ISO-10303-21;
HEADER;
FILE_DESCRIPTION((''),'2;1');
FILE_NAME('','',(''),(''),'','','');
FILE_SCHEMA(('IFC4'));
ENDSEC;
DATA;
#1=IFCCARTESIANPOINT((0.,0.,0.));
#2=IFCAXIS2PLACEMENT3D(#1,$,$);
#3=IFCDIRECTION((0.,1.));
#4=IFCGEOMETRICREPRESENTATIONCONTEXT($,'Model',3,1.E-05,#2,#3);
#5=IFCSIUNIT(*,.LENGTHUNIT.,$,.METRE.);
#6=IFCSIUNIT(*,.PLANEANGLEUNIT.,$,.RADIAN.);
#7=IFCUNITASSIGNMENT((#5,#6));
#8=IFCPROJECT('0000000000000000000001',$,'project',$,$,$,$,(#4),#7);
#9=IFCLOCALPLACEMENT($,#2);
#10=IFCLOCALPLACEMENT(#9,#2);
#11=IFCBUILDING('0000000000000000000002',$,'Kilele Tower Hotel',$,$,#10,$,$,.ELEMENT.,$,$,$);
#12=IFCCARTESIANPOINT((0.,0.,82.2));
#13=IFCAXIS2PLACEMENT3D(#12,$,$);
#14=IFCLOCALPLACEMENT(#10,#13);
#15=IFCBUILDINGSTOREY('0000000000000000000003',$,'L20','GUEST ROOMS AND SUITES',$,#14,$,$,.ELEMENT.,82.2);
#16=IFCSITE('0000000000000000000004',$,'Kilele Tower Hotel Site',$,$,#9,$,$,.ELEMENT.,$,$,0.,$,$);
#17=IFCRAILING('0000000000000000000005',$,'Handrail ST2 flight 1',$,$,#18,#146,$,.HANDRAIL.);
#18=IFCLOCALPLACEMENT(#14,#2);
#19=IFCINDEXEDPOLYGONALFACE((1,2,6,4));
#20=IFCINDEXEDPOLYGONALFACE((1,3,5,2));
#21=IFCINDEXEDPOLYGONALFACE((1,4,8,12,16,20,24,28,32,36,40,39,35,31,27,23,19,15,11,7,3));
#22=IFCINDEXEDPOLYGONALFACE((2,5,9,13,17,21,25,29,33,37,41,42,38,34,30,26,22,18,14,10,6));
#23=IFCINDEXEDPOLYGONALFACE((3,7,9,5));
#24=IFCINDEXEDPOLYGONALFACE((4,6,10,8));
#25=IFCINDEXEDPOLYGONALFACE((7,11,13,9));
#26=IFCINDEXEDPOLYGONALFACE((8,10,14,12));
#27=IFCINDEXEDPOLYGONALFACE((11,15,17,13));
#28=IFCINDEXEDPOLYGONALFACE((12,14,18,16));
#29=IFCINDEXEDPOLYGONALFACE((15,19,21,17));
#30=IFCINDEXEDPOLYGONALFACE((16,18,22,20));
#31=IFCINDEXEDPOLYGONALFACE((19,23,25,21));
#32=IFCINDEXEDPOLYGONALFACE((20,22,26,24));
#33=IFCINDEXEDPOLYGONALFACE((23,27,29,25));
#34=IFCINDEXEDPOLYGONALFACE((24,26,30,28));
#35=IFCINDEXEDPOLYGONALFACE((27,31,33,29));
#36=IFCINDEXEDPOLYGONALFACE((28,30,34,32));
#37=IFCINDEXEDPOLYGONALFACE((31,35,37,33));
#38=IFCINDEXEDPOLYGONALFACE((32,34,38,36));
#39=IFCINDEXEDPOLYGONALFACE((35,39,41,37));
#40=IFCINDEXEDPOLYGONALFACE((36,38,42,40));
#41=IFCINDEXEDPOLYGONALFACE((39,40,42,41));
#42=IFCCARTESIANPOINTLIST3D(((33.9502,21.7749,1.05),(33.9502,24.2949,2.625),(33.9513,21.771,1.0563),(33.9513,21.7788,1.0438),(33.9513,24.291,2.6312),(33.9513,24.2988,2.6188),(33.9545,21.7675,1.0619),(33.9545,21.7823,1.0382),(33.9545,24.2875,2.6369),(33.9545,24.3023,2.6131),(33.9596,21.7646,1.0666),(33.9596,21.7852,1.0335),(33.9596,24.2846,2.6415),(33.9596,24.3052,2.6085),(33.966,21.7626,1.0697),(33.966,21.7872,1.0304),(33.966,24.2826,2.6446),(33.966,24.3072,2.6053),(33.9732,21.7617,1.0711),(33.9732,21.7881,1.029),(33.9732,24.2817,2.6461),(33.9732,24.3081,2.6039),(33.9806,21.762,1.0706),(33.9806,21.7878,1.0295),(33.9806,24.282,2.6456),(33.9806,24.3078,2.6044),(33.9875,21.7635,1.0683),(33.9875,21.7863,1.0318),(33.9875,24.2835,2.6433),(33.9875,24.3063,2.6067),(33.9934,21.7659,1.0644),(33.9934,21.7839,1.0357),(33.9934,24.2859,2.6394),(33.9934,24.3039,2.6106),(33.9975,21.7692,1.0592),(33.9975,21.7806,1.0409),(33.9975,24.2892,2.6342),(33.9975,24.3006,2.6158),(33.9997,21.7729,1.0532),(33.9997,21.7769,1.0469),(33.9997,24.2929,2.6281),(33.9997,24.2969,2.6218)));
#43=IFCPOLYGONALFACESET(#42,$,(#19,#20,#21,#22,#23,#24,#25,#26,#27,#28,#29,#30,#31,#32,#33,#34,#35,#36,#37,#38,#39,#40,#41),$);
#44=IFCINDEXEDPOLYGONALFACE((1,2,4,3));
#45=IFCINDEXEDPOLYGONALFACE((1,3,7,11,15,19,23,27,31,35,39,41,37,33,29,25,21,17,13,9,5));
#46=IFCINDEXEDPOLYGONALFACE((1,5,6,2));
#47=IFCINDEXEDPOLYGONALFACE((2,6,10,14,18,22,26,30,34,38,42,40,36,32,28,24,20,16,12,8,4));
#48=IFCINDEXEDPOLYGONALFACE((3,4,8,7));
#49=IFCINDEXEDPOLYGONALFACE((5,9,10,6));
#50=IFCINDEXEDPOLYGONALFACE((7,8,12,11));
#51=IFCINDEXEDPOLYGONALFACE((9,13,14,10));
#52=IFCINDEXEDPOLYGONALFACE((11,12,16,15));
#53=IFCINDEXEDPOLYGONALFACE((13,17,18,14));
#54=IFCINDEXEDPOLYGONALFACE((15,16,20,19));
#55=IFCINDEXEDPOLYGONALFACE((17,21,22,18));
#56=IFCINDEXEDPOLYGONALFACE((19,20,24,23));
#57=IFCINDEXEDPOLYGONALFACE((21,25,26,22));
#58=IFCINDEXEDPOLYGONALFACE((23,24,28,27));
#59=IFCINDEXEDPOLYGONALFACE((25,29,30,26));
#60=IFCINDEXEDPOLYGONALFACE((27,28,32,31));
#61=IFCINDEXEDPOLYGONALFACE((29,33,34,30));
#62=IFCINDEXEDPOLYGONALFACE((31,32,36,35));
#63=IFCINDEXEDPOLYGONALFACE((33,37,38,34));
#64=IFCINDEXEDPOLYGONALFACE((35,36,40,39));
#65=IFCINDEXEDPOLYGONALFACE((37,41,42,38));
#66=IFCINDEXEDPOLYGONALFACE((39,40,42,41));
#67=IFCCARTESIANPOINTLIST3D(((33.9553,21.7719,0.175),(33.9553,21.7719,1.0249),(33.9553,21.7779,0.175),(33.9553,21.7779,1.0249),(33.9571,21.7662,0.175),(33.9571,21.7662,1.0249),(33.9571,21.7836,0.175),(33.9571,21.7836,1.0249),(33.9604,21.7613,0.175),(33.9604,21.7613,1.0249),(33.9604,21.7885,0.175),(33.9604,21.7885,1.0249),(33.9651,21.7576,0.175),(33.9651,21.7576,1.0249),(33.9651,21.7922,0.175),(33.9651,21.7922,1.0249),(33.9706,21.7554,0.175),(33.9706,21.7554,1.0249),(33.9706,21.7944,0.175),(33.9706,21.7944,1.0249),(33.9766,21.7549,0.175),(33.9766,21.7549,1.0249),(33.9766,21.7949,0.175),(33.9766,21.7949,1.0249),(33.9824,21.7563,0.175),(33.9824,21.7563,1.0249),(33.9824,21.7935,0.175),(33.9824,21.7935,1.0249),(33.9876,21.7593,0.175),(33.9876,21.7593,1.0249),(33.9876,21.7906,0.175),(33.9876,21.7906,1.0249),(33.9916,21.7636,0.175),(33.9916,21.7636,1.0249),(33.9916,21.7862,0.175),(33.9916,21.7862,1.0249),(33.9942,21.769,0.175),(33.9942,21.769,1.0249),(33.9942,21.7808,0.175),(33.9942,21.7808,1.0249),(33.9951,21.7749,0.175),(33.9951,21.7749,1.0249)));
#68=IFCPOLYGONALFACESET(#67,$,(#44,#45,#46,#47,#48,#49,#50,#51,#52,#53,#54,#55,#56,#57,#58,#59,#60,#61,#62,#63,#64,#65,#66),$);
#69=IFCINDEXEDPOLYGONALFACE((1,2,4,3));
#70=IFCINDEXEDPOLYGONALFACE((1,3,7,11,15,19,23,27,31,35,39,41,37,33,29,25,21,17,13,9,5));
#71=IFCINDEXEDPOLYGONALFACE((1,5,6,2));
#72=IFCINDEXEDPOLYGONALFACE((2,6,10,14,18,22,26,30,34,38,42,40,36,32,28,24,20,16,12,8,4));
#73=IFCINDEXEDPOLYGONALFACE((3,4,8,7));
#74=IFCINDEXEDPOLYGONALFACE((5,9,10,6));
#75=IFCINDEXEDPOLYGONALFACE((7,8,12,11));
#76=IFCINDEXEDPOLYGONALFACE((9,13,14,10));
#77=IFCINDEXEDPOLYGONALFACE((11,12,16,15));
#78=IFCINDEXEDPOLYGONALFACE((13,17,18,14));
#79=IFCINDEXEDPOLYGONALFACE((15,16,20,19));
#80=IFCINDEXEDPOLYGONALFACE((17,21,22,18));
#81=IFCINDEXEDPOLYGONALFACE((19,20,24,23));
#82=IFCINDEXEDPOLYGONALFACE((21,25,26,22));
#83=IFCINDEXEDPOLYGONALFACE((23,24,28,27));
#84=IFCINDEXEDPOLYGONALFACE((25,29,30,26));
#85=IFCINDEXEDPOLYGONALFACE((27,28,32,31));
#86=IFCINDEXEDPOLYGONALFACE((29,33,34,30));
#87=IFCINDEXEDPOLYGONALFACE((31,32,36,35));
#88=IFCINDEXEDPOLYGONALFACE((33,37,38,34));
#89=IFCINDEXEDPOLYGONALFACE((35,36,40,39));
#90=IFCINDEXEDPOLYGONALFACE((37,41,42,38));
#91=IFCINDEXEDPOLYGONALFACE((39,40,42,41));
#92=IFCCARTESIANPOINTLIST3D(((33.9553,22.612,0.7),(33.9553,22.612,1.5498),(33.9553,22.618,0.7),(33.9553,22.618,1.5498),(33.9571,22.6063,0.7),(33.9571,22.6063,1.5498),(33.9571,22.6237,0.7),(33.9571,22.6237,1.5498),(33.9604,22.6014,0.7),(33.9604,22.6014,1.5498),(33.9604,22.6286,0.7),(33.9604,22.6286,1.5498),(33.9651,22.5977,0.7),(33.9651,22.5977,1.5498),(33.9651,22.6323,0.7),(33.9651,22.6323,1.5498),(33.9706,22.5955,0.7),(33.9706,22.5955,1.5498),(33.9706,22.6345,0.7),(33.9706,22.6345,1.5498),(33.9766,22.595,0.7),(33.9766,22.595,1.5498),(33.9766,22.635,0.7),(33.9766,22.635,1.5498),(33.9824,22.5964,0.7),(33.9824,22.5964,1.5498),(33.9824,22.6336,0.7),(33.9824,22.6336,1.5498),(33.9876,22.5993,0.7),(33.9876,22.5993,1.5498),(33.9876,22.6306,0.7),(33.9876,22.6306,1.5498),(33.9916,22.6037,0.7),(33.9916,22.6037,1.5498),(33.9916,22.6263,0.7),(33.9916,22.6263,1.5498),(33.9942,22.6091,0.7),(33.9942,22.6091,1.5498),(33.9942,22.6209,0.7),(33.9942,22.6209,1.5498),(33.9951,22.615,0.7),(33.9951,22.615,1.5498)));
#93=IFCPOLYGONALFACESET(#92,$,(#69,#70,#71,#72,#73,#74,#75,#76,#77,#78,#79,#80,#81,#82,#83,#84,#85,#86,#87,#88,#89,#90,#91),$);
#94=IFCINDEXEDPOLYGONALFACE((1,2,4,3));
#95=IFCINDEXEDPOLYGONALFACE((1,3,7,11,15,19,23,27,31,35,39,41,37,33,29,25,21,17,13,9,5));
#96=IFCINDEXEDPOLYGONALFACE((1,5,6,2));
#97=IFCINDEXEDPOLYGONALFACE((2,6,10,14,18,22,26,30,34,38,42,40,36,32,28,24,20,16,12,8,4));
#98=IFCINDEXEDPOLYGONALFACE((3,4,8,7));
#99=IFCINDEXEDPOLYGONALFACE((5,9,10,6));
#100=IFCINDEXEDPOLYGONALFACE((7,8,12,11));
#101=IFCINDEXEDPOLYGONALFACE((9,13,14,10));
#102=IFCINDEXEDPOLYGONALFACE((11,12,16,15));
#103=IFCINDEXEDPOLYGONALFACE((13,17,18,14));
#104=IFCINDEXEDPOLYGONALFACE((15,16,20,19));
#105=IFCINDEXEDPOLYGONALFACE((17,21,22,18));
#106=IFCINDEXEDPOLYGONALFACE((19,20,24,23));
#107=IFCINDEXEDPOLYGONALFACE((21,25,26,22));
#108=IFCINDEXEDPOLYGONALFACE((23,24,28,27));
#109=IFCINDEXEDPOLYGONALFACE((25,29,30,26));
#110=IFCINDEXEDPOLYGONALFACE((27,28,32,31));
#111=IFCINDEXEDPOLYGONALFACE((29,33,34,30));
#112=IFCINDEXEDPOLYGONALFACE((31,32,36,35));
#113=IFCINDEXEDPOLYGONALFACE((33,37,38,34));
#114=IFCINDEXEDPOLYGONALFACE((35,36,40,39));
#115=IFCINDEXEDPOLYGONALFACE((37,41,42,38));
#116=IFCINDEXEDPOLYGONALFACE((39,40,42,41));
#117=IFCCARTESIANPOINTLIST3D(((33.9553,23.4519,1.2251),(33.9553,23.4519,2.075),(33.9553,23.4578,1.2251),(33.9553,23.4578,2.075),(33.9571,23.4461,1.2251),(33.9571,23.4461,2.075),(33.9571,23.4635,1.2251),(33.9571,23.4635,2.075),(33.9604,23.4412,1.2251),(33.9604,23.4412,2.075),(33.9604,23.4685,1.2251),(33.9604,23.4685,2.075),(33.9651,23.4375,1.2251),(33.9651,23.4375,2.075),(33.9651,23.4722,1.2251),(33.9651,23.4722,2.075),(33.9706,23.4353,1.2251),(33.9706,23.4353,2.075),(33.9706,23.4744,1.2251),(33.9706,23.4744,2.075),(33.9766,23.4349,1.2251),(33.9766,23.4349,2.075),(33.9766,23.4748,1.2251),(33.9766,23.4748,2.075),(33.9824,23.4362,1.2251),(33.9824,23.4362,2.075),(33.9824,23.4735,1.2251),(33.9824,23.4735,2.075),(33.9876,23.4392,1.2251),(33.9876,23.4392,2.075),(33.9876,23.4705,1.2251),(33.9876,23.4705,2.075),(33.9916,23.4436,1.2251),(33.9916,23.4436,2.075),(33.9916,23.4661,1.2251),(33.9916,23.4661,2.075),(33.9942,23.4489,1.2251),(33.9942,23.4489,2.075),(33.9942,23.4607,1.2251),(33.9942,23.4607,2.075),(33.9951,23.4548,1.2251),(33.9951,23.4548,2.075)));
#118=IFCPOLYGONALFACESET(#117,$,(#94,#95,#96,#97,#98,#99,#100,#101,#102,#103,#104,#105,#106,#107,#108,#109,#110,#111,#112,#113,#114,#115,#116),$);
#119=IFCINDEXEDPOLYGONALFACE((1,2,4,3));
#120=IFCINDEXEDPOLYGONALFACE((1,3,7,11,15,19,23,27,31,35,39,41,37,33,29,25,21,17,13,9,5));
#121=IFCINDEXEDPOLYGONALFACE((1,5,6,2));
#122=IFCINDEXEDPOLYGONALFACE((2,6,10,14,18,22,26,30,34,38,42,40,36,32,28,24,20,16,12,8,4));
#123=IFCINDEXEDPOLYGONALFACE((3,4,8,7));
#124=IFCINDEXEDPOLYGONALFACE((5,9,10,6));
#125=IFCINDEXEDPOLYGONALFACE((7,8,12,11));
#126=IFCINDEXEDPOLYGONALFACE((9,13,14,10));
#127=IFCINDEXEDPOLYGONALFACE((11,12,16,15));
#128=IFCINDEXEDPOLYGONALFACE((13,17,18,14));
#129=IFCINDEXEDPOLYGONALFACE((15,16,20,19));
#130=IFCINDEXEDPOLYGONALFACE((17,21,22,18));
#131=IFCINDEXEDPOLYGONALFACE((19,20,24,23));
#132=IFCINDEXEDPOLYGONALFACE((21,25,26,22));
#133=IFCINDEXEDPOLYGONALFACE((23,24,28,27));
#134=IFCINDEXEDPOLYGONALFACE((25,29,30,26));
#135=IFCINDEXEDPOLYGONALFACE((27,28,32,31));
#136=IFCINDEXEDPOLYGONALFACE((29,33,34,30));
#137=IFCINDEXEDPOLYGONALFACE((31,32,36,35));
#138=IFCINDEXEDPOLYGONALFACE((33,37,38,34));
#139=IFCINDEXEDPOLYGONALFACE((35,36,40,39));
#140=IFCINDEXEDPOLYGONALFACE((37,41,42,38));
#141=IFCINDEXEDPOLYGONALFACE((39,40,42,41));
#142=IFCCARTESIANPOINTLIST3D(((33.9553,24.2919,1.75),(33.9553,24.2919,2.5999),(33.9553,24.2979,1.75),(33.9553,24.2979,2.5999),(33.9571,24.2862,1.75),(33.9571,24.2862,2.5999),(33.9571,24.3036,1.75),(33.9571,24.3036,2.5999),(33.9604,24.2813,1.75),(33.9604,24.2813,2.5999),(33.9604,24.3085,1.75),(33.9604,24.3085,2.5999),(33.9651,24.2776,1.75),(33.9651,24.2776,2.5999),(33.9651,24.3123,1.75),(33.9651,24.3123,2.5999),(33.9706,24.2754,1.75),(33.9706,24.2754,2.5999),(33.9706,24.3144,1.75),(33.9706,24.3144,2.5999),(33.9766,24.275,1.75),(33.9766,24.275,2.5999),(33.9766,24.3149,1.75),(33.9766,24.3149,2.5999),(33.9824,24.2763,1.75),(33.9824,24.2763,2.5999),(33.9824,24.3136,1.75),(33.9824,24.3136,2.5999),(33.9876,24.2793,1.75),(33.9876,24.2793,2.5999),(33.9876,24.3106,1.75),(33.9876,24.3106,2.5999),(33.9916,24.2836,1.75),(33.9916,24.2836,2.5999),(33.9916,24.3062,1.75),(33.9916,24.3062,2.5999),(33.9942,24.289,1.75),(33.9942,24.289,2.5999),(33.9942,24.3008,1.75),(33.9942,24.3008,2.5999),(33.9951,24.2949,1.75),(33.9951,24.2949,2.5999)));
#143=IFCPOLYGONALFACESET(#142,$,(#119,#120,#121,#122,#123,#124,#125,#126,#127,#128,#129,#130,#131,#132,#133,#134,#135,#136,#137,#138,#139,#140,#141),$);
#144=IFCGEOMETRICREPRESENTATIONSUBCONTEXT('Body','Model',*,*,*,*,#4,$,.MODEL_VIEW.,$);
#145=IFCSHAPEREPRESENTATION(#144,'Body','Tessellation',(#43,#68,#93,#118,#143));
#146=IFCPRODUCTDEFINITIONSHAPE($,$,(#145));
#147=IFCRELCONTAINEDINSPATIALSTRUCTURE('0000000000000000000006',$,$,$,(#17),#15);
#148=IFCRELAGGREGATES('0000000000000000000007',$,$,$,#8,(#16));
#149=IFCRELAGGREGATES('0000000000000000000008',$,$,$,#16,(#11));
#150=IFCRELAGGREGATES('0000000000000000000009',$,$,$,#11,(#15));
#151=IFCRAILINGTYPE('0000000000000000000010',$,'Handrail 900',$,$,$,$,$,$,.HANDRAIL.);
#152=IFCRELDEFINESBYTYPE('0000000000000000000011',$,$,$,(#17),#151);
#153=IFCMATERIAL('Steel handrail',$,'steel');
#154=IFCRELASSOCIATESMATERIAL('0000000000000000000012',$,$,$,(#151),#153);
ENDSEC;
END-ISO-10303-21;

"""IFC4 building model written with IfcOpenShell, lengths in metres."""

from ifc_helpers import new_model, si_unit, direction, frame, origin, origin_2d, place, context, subcontext, project, spatial, circle, extrude, material, type_object, element, save


model = new_model("IFC4")

# Units and contexts
model_context = context("Model", 3, precision=1e-05, world=origin(), true_north=direction((0.0, 1.0)))
body_context = subcontext(model_context, "Body", "Model", "MODEL_VIEW")
ifc_project = project(units=[si_unit("LENGTHUNIT", "METRE"), si_unit("PLANEANGLEUNIT", "RADIAN")], contexts=[model_context])

# Site, building, storey
site_placement = place(None, origin())
site = spatial("IfcSite", under=ifc_project, at=site_placement, Name="Kilele Tower Hotel Site", CompositionType="ELEMENT", RefElevation=0.0)
building_placement = place(site_placement, origin())
building = spatial("IfcBuilding", under=site, at=building_placement, Name="Kilele Tower Hotel", CompositionType="ELEMENT")
storey_placement = place(building_placement, frame((0.0, 0.0, 82.2)))
storey = spatial("IfcBuildingStorey", under=building, at=storey_placement, Name="L20", Description="GUEST ROOMS AND SUITES", CompositionType="ELEMENT", Elevation=82.2)

# Railing
ifc_material_1 = material(Name="Steel handrail", Category="steel")
railing_type_1 = type_object("IfcRailingType", Name="Handrail 900", PredefinedType="HANDRAIL", material=ifc_material_1)
for number, where, name in (
    (1, (33.9751, 21.7749, 0.175), "Handrail ST2 flight 1"),
):
    element("IfcRailing", number, at=place(storey_placement, frame(where)), inside=storey, type_object=railing_type_1, Name=name, PredefinedType="HANDRAIL", context=body_context, shape_type="SweptSolid", body=[
        extrude(circle(Radius=0.0249, at=origin_2d()), frame((0.0, 0.0, 0.875), z_axis=(0.0, 0.848008, 0.529984), x_axis=(-1.0, 0.0, 0.0)), (0.0, 0.0, 1.0), 2.9717),
        extrude(circle(Radius=0.02, at=origin_2d()), origin(), (0.0, 0.0, 1.0), 0.8499),
        extrude(circle(Radius=0.02, at=origin_2d()), frame((0.0, 0.8401, 0.5249)), (0.0, 0.0, 1.0), 0.8499),
        extrude(circle(Radius=0.02, at=origin_2d()), frame((0.0, 1.6799, 1.05)), (0.0, 0.0, 1.0), 0.8499),
        extrude(circle(Radius=0.02, at=origin_2d()), frame((0.0, 2.52, 1.575)), (0.0, 0.0, 1.0), 0.8499),
    ])

save(model, "model.ifc")
